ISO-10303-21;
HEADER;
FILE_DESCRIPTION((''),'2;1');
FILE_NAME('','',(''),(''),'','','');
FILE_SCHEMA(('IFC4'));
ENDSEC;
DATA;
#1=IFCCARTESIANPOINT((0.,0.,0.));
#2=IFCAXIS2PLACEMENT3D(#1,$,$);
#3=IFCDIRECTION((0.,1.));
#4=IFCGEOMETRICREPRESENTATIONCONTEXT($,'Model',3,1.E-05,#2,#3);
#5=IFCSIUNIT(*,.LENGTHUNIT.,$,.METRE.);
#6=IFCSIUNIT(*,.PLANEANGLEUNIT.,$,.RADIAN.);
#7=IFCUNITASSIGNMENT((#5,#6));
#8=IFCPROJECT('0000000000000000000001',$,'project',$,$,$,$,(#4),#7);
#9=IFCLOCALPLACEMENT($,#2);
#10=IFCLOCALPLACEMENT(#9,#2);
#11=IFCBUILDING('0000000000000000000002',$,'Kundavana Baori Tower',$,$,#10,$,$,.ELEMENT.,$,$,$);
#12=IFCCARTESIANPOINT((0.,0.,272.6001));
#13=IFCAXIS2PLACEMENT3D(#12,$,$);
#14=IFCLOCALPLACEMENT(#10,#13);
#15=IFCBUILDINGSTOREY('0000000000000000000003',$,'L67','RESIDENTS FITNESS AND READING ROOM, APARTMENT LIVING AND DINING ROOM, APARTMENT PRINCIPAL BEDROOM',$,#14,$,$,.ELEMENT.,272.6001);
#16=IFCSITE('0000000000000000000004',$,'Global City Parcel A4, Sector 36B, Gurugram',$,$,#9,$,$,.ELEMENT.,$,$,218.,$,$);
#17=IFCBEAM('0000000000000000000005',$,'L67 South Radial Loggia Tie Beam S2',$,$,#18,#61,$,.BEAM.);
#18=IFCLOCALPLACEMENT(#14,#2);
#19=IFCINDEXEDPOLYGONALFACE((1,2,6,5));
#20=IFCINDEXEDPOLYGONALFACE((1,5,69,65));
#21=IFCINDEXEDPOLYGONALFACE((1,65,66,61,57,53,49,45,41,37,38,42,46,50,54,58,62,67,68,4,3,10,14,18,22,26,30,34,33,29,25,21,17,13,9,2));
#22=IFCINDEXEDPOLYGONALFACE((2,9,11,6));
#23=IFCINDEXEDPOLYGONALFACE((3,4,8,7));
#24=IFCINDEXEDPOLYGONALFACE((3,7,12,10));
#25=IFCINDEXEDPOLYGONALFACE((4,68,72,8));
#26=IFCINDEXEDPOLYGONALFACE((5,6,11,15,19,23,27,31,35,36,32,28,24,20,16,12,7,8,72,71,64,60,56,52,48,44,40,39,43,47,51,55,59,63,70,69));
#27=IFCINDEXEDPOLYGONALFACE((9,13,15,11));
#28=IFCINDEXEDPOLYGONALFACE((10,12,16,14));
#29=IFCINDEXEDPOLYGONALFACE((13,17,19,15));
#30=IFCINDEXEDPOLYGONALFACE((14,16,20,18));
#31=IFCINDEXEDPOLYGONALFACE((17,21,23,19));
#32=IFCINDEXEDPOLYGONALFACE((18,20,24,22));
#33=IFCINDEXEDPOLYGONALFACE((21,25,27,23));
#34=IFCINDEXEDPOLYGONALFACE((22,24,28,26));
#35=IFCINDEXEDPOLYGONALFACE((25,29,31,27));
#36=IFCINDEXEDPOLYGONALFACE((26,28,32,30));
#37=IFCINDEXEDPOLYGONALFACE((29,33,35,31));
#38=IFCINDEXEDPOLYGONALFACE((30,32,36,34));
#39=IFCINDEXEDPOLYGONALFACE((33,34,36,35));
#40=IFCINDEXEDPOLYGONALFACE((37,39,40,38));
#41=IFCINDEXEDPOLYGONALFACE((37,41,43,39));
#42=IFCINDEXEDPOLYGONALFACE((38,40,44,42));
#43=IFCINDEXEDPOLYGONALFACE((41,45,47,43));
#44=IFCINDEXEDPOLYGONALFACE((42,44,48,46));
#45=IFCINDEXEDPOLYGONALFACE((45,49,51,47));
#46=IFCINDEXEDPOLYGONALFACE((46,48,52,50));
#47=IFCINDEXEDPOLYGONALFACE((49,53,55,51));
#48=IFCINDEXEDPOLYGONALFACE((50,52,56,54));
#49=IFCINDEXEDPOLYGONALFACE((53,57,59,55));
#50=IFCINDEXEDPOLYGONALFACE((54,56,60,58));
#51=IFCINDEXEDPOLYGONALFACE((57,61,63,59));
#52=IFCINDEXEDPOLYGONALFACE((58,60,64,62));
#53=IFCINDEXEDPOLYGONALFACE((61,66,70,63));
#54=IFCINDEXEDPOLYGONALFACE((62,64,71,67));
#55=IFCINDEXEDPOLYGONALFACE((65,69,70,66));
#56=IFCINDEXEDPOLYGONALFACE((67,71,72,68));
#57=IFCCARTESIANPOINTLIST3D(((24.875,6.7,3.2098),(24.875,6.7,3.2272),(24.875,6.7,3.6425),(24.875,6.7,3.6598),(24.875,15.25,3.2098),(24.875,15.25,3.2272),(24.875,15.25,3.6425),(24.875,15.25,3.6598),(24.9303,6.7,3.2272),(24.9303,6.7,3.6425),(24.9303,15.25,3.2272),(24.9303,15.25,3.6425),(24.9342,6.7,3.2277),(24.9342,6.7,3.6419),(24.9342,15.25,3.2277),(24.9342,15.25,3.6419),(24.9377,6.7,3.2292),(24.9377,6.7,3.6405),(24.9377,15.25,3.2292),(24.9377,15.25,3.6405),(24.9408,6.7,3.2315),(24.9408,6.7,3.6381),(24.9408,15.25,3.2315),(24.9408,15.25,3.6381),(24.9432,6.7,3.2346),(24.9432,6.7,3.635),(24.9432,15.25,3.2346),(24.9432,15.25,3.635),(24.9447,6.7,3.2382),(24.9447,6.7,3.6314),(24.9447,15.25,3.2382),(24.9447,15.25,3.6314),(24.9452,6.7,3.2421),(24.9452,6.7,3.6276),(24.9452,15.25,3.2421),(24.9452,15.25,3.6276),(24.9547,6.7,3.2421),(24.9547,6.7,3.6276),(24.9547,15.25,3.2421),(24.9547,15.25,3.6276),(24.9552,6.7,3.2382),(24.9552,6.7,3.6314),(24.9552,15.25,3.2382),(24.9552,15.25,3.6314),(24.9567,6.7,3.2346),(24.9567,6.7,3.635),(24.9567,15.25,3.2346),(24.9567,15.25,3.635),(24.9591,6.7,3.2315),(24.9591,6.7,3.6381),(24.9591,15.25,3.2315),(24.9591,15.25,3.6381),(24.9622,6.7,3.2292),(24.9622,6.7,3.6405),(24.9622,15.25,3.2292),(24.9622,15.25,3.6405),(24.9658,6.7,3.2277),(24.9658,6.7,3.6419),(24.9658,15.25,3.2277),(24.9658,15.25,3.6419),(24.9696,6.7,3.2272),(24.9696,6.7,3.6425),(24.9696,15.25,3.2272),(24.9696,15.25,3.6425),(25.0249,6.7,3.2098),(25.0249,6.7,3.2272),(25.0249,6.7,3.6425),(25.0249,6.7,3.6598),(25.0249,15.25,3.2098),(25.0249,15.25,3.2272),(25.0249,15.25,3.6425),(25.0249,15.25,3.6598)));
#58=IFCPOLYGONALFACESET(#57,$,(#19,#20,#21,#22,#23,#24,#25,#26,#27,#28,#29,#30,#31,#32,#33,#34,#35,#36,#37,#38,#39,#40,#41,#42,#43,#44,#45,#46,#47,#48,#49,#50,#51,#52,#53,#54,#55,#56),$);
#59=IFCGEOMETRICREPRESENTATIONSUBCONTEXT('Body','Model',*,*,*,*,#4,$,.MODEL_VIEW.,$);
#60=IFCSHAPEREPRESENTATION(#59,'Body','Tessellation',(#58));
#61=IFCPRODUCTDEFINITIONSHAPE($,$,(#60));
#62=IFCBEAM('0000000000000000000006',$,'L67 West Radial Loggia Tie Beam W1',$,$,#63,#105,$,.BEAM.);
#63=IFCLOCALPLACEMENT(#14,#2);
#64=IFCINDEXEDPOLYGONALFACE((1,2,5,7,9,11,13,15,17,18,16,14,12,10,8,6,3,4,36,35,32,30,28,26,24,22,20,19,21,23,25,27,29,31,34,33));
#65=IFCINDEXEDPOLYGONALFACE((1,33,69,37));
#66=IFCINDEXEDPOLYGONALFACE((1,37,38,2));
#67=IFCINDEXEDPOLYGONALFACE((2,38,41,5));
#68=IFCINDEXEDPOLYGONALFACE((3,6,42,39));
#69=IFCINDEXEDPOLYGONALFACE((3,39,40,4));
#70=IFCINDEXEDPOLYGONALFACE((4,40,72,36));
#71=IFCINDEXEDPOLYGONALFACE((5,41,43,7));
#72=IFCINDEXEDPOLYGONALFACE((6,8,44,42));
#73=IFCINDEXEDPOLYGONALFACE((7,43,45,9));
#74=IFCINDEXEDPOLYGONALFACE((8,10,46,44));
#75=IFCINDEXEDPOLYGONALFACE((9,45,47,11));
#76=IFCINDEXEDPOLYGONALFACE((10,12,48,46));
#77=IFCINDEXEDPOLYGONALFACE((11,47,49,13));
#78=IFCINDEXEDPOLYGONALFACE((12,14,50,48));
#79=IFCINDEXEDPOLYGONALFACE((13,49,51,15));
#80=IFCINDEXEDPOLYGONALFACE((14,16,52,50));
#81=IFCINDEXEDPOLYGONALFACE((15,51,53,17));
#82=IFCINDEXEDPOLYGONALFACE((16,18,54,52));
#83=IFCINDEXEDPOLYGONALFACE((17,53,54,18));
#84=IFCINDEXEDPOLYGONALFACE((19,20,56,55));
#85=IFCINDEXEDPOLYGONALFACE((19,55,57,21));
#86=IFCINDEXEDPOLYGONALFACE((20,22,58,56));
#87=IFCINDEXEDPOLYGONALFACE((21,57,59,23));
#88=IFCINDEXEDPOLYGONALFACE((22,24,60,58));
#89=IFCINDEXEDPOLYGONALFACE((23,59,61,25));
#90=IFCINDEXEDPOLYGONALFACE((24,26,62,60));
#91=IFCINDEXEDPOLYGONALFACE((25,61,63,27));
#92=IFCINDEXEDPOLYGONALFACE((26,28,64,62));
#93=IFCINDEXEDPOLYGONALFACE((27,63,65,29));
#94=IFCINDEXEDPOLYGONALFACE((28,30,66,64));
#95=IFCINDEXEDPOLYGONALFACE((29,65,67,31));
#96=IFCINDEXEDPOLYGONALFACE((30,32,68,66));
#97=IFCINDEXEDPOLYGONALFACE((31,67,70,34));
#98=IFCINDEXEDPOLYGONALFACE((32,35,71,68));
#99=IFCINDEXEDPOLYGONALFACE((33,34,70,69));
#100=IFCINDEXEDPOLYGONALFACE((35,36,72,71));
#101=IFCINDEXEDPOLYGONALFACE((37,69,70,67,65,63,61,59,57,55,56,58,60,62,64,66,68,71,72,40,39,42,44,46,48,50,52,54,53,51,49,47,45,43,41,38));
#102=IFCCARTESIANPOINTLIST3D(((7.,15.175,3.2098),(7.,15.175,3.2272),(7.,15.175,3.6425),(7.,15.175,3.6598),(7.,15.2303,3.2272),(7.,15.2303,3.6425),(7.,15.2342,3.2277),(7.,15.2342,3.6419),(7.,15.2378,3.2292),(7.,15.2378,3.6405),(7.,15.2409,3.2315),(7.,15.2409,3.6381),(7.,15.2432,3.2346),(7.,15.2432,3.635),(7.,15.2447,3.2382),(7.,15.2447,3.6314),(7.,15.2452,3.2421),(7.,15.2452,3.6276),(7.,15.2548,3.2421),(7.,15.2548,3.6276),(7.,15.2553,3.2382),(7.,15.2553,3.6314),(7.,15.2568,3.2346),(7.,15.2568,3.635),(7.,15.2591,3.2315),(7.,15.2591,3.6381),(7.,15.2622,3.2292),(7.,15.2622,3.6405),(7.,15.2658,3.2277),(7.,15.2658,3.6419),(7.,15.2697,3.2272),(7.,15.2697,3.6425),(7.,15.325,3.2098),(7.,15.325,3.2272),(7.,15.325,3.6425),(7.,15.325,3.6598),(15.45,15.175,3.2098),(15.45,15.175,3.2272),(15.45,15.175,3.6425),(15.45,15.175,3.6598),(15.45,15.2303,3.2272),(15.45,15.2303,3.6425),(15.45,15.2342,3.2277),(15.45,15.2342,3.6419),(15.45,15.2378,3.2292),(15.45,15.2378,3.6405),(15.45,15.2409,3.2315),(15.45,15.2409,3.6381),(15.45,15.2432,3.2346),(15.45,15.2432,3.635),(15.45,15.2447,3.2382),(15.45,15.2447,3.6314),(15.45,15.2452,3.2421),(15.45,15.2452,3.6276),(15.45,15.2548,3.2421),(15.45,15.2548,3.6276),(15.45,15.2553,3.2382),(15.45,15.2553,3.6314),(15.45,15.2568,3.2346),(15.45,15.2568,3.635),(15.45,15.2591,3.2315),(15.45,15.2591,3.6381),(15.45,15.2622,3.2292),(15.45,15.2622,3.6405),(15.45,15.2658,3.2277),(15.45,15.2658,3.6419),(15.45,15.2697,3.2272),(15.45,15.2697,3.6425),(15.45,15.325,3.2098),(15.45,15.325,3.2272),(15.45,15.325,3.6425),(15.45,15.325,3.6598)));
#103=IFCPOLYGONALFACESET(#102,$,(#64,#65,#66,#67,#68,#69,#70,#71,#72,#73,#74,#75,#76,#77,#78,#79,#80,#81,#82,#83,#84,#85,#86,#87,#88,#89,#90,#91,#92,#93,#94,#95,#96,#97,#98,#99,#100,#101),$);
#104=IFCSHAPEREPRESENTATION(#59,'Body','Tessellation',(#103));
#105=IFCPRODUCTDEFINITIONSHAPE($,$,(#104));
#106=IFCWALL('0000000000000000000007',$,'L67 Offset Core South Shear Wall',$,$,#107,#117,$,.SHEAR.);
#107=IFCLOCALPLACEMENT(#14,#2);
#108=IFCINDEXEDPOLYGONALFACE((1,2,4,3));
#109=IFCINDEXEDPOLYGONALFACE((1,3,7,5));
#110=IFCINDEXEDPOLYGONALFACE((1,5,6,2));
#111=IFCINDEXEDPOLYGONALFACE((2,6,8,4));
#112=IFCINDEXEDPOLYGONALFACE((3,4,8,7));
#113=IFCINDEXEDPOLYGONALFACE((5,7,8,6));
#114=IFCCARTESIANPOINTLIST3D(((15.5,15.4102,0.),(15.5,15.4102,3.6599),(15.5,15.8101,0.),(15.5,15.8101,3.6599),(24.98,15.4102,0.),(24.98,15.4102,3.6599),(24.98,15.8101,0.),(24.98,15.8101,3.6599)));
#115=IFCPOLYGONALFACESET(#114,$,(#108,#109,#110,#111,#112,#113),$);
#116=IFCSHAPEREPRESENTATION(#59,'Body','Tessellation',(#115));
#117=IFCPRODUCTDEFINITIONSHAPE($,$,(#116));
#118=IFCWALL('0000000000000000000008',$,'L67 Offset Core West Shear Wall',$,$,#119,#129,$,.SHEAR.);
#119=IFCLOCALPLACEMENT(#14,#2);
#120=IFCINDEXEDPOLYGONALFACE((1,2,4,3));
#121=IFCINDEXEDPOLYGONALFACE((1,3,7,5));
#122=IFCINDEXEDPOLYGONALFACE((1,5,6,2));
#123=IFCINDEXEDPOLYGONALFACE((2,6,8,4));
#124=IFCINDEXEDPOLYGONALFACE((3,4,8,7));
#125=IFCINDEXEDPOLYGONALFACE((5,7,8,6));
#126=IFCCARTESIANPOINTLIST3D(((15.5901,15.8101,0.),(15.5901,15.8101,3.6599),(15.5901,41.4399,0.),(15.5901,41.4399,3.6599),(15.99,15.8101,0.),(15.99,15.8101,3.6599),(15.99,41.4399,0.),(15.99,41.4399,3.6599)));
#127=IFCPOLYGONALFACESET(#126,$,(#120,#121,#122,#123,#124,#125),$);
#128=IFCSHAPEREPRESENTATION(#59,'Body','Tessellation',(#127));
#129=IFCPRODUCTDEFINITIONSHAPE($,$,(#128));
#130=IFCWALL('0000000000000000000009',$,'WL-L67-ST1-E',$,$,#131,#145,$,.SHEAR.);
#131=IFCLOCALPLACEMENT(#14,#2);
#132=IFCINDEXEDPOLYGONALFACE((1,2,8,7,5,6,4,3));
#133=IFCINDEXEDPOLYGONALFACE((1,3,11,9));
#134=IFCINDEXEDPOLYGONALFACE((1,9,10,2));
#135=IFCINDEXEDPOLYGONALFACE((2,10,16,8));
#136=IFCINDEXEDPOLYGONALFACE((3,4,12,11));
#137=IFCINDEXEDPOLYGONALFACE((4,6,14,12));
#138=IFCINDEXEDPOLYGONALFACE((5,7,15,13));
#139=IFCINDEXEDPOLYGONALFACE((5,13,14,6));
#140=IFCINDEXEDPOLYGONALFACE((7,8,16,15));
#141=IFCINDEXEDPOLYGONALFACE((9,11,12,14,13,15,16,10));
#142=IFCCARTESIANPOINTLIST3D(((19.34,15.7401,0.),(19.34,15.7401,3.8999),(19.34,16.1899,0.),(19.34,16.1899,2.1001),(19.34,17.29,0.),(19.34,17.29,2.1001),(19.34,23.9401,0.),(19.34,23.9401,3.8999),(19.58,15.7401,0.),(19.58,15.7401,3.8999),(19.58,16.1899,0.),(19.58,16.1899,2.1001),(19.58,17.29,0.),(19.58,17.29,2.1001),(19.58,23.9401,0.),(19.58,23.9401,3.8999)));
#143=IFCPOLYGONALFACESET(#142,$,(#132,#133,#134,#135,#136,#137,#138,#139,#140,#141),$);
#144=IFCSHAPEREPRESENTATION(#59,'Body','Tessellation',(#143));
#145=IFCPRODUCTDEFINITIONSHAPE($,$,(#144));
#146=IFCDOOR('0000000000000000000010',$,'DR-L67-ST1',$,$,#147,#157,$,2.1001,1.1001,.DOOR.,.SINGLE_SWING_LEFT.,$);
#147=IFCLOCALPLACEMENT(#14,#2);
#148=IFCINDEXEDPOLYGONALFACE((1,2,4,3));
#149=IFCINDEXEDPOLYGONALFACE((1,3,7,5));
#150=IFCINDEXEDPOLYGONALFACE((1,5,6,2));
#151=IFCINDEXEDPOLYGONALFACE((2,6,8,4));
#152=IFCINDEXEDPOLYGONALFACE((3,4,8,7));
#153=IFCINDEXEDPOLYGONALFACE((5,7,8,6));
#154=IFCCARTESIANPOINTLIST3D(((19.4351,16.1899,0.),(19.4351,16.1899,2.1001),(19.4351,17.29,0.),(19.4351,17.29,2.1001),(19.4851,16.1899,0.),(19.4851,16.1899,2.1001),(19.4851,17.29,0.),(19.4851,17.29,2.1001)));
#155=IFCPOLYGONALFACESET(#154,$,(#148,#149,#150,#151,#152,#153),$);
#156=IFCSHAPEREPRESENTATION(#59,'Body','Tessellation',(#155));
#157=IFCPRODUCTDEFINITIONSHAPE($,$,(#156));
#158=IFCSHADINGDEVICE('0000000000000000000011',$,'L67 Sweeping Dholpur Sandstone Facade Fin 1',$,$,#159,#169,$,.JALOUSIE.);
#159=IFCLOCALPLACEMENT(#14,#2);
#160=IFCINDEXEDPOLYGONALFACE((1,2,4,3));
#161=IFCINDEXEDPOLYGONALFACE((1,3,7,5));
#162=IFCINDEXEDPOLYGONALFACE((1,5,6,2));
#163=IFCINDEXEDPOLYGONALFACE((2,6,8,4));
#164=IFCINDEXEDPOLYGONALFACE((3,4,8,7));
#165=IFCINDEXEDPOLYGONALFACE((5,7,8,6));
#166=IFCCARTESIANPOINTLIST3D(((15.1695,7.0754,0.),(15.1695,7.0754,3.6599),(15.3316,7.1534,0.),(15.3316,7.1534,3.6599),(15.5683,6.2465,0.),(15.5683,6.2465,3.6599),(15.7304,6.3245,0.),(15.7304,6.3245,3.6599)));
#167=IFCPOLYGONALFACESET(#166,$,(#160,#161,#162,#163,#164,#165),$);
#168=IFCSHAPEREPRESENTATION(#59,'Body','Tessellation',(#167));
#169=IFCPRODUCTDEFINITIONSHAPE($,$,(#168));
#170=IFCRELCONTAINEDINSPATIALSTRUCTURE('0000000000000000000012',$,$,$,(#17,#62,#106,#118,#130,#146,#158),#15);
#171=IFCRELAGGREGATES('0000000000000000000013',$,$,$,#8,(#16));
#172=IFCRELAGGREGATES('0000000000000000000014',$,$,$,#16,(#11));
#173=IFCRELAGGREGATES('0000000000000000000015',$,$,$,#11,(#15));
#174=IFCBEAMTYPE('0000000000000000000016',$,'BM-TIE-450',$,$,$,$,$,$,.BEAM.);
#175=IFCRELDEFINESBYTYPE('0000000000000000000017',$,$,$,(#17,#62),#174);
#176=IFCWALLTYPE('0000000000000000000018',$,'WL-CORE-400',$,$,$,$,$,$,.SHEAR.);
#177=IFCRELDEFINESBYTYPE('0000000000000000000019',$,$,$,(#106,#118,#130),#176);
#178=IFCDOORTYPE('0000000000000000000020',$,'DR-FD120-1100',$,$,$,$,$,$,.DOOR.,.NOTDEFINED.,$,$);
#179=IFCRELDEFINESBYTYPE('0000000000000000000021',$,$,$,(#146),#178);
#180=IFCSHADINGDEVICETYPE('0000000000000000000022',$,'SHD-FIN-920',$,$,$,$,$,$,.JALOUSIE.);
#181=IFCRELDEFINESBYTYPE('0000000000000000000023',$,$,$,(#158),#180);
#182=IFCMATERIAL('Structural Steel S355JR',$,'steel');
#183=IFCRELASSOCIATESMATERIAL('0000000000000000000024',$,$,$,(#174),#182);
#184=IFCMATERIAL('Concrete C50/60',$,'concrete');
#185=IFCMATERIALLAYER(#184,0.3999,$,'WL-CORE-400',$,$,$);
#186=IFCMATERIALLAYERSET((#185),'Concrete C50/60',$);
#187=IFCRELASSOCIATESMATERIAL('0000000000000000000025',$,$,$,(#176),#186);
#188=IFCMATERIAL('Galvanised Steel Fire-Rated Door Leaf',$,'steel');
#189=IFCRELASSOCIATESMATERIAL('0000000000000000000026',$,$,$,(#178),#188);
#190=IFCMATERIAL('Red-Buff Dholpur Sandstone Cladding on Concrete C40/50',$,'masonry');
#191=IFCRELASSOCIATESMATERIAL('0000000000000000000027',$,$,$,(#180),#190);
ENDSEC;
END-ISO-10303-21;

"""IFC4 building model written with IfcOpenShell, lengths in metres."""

from ifc_helpers import new_model, si_unit, direction, frame, frame_2d, origin, origin_2d, place, context, subcontext, project, spatial, rectangle, i_section, extrude, material, layer, layer_set, material_profile, profile_set, type_object, element, fill, save


model = new_model("IFC4")

# Units and contexts
model_context = context("Model", 3, precision=1e-05, world=origin(), true_north=direction((0.0, 1.0)))
body_context = subcontext(model_context, "Body", "Model", "MODEL_VIEW")
ifc_project = project(units=[si_unit("LENGTHUNIT", "METRE"), si_unit("PLANEANGLEUNIT", "RADIAN")], contexts=[model_context])

# Site, building, storey
site_placement = place(None, origin())
site = spatial("IfcSite", under=ifc_project, at=site_placement, Name="Global City Parcel A4, Sector 36B, Gurugram", CompositionType="ELEMENT", RefElevation=218.0)
building_placement = place(site_placement, origin())
building = spatial("IfcBuilding", under=site, at=building_placement, Name="Kundavana Baori Tower", CompositionType="ELEMENT")
storey_placement = place(building_placement, frame((0.0, 0.0, 272.6001)))
storey = spatial("IfcBuildingStorey", under=building, at=storey_placement, Name="L67", Description="RESIDENTS FITNESS AND READING ROOM, APARTMENT LIVING AND DINING ROOM, APARTMENT PRINCIPAL BEDROOM", CompositionType="ELEMENT", Elevation=272.6001)

# Beams
ifc_material_1 = material(Name="Structural Steel S355JR", Category="steel")
ifc_material_profile_1 = material_profile(ifc_material_1, i_section(OverallWidth=0.1499, OverallDepth=0.45, WebThickness=0.0095, FlangeThickness=0.0173, FilletRadius=0.0149, at=origin_2d()), Name="ISMB 450")
ifc_profile_set_1 = profile_set([ifc_material_profile_1], Name="Structural Steel S355JR")
beam_type_1 = type_object("IfcBeamType", Name="BM-TIE-450", PredefinedType="BEAM", material=ifc_profile_set_1)
for number, where, z_axis, x_axis, name in (
    (1, (24.95, 15.25, 3.4348), (0.0, -1.0, 0.0), (1.0, 0.0, 0.0), "L67 South Radial Loggia Tie Beam S2"),
):
    element("IfcBeam", number, at=place(storey_placement, frame(where, z_axis=z_axis, x_axis=x_axis)), inside=storey, type_object=beam_type_1, Name=name, PredefinedType="BEAM", context=body_context, shape_type="SweptSolid", body=[
        extrude(i_section(OverallWidth=0.1499, OverallDepth=0.45, WebThickness=0.0095, FlangeThickness=0.0173, FilletRadius=0.0149, at=origin_2d()), origin(), (0.0, 0.0, 1.0), 8.55),
    ])
beam_1_placement = place(storey_placement, frame((15.45, 15.25, 3.4348), z_axis=(-1.0, 0.0, 0.0), x_axis=(0.0, -1.0, 0.0)))
element("IfcBeam", 2, at=beam_1_placement, inside=storey, type_object=beam_type_1, Name="L67 West Radial Loggia Tie Beam W1", PredefinedType="BEAM", context=body_context, shape_type="SweptSolid", body=[
    extrude(i_section(OverallWidth=0.1499, OverallDepth=0.45, WebThickness=0.0095, FlangeThickness=0.0173, FilletRadius=0.0149, at=origin_2d()), origin(), (0.0, 0.0, 1.0), 8.45),
])

# Walls
ifc_material_2 = material(Name="Concrete C50/60", Category="concrete")
ifc_layer = layer(ifc_material_2, 0.3999, Name="WL-CORE-400")
ifc_layer_set = layer_set([ifc_layer], Name="Concrete C50/60")
wall_type = type_object("IfcWallType", Name="WL-CORE-400", PredefinedType="SHEAR", material=ifc_layer_set)
wall_1_placement = place(storey_placement, frame((15.5, 15.6101, 0.0), z_axis=(0.0, 0.0, 1.0), x_axis=(1.0, 0.0, 0.0)))
element("IfcWall", 3, at=wall_1_placement, inside=storey, type_object=wall_type, Name="L67 Offset Core South Shear Wall", PredefinedType="SHEAR", context=body_context, shape_type="SweptSolid", body=[
    extrude(rectangle(XDim=9.48, YDim=0.3999, at=frame_2d((4.74, 0.0))), origin(), (0.0, 0.0, 1.0), 3.6599),
])
wall_2_placement = place(storey_placement, frame((15.79, 15.8101, 0.0), z_axis=(0.0, 0.0, 1.0), x_axis=(0.0, 1.0, 0.0)))
element("IfcWall", 4, at=wall_2_placement, inside=storey, type_object=wall_type, Name="L67 Offset Core West Shear Wall", PredefinedType="SHEAR", context=body_context, shape_type="SweptSolid", body=[
    extrude(rectangle(XDim=25.6299, YDim=0.3999, at=frame_2d((12.8149, 0.0))), origin(), (0.0, 0.0, 1.0), 3.6599),
])

# Wall, opening, door
wall_3_placement = place(storey_placement, frame((19.46, 15.74, 0.0), z_axis=(0.0, 0.0, 1.0), x_axis=(0.0, 1.0, 0.0)))
wall_3 = element("IfcWall", 5, at=wall_3_placement, inside=storey, type_object=wall_type, Name="WL-L67-ST1-E", PredefinedType="SHEAR", context=body_context, shape_type="SweptSolid", body=[
    extrude(rectangle(XDim=8.2, YDim=0.24, at=frame_2d((4.1001, 0.0))), origin(), (0.0, 0.0, 1.0), 3.8999),
])
opening_1_placement = place(wall_3_placement, frame((0.45, 0.0, 0.0)))
opening_1 = element("IfcOpeningElement", 6, at=opening_1_placement, cuts=wall_3, PredefinedType="OPENING", context=body_context, shape_type="SweptSolid", body=[
    extrude(rectangle(XDim=1.1001, YDim=2.1001, at=frame_2d((0.55, 1.05))), frame((0.0, 0.1299, 0.0), z_axis=(0.0, -1.0, 0.0), x_axis=(1.0, 0.0, 0.0)), (0.0, 0.0, 1.0), 0.26),
])
ifc_material_3 = material(Name="Galvanised Steel Fire-Rated Door Leaf", Category="steel")
door_type_1 = type_object("IfcDoorType", Name="DR-FD120-1100", OperationType="NOTDEFINED", PredefinedType="DOOR", material=ifc_material_3)
door_1_placement = place(opening_1_placement, origin())
door_1 = element("IfcDoor", 7, at=door_1_placement, inside=storey, type_object=door_type_1, Name="DR-L67-ST1", OperationType="SINGLE_SWING_LEFT", OverallHeight=2.1001, OverallWidth=1.1001, PredefinedType="DOOR", context=body_context, shape_type="SweptSolid", body=[
    extrude(rectangle(XDim=1.1001, YDim=2.1001, at=frame_2d((0.55, 1.05))), frame((0.0, 0.0249, 0.0), z_axis=(0.0, -1.0, 0.0), x_axis=(1.0, 0.0, 0.0)), (0.0, 0.0, 1.0), 0.05),
])
fill(opening_1, door_1)

# Shading device
ifc_material_4 = material(Name="Red-Buff Dholpur Sandstone Cladding on Concrete C40/50", Category="masonry")
shading_device_type = type_object("IfcShadingDeviceType", Name="SHD-FIN-920", PredefinedType="JALOUSIE", material=ifc_material_4)
shading_device_placement = place(storey_placement, frame((15.45, 6.7, 0.0), z_axis=(0.0, 0.0, 1.0), x_axis=(0.901153, 0.433502, 0.0)))
element("IfcShadingDevice", 8, at=shading_device_placement, inside=storey, type_object=shading_device_type, Name="L67 Sweeping Dholpur Sandstone Facade Fin 1", PredefinedType="JALOUSIE", context=body_context, shape_type="SweptSolid", body=[
    extrude(rectangle(XDim=0.1799, YDim=0.9199, at=origin_2d()), origin(), (0.0, 0.0, 1.0), 3.6599),
])

save(model, "model.ifc")
